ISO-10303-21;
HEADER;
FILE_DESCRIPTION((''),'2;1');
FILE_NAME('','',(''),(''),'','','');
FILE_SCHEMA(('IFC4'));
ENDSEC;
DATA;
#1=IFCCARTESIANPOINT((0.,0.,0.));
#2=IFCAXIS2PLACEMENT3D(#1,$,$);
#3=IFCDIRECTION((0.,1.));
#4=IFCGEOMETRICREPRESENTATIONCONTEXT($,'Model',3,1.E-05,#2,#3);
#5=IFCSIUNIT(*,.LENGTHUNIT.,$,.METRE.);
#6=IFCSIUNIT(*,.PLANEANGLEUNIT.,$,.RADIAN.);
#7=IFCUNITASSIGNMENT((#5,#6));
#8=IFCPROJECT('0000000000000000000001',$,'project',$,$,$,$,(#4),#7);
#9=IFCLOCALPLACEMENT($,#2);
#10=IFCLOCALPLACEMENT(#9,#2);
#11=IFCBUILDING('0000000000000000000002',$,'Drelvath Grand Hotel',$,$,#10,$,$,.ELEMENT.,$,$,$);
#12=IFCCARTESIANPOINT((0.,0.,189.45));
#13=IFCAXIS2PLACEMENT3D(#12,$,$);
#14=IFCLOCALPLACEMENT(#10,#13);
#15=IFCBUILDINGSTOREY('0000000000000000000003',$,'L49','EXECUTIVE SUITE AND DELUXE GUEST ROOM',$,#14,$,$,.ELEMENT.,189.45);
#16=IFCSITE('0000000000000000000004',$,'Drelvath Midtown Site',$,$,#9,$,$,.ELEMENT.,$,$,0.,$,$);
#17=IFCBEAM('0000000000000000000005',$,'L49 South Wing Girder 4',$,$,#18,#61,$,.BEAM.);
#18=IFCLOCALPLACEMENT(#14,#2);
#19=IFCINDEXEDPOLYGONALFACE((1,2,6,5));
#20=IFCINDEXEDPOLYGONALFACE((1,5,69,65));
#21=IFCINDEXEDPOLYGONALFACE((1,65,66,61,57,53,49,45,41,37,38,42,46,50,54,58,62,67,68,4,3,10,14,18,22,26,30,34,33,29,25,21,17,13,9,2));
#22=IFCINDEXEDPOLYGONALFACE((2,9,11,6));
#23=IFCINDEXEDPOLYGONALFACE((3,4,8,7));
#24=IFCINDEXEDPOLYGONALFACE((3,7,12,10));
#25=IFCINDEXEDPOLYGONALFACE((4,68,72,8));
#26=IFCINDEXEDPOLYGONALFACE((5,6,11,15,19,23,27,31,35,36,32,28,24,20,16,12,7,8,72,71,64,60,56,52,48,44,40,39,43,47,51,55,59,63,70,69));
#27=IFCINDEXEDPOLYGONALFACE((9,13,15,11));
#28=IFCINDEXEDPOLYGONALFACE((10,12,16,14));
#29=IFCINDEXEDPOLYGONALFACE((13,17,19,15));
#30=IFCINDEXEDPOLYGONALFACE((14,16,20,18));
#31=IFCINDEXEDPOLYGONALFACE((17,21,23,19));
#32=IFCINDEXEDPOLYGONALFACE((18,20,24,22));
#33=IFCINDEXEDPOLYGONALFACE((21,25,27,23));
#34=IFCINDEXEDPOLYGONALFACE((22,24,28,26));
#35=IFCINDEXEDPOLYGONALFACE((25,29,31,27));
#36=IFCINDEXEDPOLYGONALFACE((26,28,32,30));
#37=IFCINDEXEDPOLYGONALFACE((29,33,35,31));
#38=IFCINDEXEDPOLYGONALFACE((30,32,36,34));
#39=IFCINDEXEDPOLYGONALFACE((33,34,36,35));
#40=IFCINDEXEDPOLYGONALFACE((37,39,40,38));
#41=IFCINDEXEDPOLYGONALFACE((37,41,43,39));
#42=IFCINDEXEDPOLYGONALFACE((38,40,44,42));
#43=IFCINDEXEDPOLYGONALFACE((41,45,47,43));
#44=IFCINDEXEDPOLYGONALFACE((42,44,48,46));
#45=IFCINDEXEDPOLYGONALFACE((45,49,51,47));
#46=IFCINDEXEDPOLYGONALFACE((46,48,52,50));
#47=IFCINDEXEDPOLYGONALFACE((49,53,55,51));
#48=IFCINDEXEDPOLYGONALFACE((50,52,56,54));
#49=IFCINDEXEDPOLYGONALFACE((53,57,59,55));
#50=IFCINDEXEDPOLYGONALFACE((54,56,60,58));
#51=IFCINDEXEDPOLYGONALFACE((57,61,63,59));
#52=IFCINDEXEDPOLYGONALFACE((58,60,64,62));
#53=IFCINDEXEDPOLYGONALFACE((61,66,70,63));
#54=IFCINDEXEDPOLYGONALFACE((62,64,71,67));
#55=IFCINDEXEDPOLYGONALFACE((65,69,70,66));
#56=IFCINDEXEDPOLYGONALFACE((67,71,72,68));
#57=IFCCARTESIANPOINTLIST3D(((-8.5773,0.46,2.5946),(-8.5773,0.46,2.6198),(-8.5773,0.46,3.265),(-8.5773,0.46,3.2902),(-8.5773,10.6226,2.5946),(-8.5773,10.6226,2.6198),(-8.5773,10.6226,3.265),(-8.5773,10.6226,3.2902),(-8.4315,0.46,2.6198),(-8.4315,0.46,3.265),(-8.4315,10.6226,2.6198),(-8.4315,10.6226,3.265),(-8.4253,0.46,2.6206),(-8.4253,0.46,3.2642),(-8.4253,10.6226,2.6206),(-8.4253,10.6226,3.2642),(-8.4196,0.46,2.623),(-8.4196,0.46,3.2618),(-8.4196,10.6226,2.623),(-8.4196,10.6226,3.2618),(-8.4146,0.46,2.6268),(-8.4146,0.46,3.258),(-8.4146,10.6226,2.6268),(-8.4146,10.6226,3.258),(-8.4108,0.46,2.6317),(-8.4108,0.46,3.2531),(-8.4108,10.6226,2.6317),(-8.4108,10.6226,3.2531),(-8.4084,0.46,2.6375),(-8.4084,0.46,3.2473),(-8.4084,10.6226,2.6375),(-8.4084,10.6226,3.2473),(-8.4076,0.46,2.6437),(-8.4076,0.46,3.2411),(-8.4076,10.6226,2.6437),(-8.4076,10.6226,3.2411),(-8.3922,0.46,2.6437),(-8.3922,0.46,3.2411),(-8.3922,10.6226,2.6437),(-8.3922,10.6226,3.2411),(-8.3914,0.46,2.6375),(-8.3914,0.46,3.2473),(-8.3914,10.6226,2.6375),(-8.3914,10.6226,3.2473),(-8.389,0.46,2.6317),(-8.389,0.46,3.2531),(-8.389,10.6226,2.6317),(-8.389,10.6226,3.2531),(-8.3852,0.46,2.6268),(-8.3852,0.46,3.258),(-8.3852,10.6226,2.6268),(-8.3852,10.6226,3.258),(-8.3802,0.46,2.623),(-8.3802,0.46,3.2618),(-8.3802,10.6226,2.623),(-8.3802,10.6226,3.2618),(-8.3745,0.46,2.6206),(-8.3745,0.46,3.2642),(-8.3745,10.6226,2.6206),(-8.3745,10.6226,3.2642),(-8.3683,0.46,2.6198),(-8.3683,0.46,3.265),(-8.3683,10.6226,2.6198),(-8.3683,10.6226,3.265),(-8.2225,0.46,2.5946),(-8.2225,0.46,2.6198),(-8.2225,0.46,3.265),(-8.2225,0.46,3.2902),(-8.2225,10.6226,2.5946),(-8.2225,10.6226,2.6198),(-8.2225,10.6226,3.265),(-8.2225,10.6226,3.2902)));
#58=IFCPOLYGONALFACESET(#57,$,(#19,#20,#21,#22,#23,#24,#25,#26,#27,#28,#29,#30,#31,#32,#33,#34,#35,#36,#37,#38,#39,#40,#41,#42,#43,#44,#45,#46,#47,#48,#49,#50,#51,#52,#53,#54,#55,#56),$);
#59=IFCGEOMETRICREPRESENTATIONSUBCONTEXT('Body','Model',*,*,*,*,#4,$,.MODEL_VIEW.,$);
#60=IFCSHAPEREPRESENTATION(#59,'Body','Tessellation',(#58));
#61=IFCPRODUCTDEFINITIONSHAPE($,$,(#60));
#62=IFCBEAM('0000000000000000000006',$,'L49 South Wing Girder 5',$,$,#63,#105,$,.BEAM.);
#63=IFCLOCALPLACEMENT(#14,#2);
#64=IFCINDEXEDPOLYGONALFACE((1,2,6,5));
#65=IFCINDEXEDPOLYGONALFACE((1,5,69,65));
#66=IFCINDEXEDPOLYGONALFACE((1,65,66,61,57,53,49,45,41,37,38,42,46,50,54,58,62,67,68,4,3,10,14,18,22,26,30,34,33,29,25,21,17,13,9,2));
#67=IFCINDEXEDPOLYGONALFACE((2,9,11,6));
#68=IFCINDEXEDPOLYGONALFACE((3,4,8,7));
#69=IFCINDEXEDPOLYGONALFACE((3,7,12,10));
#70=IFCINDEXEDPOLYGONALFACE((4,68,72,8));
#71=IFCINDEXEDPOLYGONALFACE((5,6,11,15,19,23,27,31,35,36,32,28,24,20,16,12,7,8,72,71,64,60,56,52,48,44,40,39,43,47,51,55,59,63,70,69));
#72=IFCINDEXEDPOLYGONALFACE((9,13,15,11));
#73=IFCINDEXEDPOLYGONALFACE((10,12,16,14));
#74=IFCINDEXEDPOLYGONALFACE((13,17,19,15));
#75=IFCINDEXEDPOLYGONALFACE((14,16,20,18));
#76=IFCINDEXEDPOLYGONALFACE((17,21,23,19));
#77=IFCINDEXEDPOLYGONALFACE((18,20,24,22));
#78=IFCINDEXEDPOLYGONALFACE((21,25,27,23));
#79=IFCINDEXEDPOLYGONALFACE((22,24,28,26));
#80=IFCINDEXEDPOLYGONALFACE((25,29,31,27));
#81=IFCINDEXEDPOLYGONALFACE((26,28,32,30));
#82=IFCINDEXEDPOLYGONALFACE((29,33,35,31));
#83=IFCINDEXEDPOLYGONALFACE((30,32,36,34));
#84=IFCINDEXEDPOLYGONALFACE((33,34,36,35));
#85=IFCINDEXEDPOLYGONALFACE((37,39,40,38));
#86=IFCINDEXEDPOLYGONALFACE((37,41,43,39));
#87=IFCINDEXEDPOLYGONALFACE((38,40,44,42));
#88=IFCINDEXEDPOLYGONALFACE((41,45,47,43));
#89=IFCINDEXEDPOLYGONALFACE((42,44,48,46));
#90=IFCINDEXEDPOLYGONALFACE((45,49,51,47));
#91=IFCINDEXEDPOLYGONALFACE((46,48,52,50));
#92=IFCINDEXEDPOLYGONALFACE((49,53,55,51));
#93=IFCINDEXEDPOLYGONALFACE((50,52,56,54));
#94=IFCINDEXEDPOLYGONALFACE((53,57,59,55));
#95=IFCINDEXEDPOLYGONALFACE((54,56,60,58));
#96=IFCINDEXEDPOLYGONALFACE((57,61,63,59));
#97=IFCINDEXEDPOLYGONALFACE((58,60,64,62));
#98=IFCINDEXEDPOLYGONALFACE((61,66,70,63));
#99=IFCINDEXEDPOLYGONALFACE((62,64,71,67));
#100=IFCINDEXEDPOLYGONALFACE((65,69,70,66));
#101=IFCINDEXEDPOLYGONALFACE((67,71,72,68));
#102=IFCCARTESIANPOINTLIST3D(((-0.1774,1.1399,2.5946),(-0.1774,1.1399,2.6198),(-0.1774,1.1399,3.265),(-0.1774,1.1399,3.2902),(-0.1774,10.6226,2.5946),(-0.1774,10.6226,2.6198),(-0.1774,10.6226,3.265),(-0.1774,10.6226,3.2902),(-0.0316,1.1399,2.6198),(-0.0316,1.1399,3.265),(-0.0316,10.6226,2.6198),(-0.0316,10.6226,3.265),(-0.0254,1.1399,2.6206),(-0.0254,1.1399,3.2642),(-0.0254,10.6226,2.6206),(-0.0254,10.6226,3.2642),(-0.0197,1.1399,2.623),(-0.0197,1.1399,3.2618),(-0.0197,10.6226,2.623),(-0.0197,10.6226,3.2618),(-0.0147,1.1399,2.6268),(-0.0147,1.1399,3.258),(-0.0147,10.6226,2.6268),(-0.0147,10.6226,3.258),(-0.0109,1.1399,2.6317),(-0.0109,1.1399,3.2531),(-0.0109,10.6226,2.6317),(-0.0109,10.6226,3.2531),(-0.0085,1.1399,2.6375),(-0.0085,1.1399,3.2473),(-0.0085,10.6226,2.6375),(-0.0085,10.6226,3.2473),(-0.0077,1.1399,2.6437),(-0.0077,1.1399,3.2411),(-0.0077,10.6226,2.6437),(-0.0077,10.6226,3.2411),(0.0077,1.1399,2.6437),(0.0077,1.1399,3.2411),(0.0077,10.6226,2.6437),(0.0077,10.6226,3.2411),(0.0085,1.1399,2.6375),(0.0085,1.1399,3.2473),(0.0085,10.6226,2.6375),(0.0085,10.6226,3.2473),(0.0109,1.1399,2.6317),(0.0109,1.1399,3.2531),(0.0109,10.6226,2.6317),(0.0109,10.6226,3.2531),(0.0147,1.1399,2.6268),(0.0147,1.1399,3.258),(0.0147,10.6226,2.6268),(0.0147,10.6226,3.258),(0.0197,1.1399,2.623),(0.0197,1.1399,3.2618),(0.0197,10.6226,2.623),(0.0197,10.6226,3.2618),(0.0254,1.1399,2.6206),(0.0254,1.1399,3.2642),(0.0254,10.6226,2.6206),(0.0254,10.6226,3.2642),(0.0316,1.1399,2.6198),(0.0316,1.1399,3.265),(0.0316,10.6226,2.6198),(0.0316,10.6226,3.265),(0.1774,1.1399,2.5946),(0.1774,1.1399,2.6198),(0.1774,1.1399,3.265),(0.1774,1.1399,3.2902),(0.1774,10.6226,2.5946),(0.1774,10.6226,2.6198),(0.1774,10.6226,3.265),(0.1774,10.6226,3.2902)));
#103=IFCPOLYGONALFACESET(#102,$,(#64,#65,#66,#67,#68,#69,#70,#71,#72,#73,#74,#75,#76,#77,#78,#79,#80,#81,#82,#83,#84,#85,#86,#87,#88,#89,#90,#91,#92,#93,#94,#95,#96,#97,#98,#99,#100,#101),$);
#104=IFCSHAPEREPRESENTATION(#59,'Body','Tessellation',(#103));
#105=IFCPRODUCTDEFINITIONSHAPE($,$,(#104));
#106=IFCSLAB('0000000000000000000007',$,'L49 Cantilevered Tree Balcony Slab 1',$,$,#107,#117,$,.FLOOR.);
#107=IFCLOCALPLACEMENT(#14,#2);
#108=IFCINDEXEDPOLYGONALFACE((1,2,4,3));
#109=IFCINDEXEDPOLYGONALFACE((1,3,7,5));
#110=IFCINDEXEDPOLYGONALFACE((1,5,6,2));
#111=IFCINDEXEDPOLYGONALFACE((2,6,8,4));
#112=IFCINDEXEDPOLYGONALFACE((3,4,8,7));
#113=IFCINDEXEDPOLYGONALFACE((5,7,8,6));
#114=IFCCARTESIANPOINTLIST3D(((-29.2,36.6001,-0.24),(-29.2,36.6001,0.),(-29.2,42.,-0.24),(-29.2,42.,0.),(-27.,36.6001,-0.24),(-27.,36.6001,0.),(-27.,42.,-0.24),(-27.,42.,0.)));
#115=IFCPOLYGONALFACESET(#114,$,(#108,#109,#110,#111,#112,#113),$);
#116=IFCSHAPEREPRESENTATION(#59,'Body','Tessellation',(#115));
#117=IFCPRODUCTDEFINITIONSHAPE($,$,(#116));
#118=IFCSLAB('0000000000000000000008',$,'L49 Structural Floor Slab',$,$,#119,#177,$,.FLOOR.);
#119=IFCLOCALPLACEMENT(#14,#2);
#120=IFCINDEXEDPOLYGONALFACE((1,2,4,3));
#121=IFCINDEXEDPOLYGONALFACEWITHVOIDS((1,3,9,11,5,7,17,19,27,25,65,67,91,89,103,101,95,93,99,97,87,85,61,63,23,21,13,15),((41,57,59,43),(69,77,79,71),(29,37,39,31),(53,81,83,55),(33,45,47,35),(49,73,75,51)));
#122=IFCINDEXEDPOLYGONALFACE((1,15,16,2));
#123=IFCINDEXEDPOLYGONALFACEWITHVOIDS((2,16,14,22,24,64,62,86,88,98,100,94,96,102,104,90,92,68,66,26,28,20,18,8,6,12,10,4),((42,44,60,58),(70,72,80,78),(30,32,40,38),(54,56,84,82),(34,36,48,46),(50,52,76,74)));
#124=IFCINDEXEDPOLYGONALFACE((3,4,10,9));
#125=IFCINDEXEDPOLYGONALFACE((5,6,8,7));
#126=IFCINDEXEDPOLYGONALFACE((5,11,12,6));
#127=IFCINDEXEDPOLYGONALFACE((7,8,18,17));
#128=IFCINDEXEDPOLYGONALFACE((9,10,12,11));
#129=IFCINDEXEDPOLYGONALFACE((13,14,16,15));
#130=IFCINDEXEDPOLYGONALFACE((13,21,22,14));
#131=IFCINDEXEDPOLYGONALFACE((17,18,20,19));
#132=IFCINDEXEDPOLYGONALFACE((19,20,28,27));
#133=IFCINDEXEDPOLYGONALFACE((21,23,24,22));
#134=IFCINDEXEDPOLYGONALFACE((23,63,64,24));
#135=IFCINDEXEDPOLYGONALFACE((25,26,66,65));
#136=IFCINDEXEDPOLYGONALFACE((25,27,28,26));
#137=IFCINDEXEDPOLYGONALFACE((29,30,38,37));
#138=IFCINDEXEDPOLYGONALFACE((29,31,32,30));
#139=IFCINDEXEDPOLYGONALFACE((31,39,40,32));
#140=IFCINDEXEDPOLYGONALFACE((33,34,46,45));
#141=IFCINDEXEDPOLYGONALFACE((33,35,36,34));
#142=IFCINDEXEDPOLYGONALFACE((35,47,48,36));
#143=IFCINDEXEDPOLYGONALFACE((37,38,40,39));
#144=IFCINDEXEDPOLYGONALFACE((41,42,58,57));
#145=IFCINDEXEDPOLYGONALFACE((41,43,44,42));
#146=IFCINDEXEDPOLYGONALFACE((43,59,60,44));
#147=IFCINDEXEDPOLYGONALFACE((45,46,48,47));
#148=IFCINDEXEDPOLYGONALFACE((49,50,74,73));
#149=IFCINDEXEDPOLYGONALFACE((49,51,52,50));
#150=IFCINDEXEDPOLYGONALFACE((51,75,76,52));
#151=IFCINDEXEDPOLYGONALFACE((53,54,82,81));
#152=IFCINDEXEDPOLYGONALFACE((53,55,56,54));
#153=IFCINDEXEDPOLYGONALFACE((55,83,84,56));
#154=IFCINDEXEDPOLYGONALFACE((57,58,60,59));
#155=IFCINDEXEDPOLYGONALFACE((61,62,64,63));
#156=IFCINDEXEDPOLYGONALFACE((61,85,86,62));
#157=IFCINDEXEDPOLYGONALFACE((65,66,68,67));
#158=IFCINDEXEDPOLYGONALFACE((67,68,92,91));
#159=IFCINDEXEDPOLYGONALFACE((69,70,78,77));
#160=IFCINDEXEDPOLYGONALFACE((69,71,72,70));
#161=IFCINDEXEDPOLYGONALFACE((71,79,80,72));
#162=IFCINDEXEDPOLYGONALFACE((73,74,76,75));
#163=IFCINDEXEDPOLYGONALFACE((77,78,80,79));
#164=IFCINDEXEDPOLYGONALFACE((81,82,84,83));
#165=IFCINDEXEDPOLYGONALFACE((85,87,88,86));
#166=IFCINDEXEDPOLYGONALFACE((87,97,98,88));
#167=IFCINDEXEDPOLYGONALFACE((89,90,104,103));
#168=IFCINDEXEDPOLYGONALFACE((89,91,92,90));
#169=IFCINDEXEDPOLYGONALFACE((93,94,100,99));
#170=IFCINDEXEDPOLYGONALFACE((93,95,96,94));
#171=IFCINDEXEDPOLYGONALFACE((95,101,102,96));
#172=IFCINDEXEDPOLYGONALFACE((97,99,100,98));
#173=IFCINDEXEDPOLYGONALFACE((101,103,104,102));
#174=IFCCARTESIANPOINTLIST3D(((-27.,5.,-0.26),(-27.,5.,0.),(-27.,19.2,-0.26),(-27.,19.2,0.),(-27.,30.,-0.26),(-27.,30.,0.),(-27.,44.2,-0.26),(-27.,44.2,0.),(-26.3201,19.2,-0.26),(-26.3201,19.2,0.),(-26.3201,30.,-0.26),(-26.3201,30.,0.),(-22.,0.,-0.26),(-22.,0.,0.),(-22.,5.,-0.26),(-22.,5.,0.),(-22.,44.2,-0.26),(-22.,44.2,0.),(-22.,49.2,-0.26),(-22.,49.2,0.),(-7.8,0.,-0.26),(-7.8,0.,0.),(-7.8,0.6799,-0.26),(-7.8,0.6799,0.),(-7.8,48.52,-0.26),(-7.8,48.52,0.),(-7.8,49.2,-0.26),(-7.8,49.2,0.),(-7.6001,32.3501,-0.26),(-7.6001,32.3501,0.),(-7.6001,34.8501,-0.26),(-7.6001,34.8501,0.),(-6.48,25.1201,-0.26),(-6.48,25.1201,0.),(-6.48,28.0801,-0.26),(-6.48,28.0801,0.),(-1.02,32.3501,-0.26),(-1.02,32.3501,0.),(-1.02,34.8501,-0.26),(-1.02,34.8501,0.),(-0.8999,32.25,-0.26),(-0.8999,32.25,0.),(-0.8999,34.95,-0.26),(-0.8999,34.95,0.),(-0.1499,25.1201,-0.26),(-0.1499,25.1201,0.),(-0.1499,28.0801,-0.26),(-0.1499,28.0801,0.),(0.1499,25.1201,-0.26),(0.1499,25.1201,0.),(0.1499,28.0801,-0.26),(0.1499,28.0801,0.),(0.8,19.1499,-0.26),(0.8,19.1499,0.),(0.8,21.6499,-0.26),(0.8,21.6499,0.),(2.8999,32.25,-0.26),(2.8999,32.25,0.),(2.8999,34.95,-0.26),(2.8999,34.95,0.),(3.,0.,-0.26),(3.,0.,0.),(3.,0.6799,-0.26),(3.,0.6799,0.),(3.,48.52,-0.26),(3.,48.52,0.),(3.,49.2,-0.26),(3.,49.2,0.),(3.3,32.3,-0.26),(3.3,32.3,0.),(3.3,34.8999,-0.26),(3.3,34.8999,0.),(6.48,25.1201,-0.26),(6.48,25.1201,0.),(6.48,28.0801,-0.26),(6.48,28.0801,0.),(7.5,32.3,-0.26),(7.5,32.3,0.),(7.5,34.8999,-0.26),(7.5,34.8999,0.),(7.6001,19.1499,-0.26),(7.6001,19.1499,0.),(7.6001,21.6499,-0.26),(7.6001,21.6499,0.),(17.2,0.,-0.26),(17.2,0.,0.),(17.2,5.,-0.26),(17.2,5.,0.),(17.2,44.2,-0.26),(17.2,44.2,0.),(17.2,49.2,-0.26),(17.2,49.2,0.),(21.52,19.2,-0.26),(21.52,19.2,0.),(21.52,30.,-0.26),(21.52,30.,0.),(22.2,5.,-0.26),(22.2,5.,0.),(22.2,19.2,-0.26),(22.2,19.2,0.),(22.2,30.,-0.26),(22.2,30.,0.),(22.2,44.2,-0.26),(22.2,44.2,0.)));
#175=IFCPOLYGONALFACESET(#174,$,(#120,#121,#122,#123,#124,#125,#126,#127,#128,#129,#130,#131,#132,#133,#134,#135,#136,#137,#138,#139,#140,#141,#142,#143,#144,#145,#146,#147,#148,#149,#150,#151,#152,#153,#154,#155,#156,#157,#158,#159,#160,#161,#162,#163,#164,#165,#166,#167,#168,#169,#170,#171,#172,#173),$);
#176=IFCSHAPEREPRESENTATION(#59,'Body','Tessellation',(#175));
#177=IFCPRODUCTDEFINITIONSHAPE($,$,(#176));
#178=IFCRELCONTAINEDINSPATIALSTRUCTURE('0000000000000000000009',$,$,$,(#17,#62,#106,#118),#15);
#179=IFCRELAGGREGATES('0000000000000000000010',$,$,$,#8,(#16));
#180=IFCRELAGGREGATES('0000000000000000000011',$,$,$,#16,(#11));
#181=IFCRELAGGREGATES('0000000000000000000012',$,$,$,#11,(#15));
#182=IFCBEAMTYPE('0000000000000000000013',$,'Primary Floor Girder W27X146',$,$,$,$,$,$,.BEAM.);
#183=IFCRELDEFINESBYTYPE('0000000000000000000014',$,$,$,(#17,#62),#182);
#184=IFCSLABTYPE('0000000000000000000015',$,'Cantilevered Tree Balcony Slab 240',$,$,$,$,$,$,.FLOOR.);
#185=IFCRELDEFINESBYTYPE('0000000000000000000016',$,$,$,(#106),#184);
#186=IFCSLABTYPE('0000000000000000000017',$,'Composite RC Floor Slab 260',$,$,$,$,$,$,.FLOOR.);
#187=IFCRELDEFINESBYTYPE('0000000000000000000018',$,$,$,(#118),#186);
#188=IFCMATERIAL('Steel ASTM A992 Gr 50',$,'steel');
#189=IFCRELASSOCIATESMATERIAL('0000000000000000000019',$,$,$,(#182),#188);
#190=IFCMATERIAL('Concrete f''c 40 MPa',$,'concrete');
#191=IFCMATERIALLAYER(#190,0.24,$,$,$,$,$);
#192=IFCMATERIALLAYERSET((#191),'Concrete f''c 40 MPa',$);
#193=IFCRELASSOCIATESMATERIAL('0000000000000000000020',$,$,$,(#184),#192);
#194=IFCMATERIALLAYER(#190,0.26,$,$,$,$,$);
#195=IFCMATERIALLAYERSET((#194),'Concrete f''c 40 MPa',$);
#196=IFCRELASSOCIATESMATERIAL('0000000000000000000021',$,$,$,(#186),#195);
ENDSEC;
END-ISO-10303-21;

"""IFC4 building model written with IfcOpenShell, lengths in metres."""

from ifc_helpers import new_model, si_unit, direction, frame, origin, origin_2d, place, context, subcontext, project, spatial, polyline, i_section, outline, extrude, material, layer, layer_set, material_profile, profile_set, type_object, element, save


model = new_model("IFC4")

# Units and contexts
model_context = context("Model", 3, precision=1e-05, world=origin(), true_north=direction((0.0, 1.0)))
body_context = subcontext(model_context, "Body", "Model", "MODEL_VIEW")
ifc_project = project(units=[si_unit("LENGTHUNIT", "METRE"), si_unit("PLANEANGLEUNIT", "RADIAN")], contexts=[model_context])

# Site, building, storey
site_placement = place(None, origin())
site = spatial("IfcSite", under=ifc_project, at=site_placement, Name="Drelvath Midtown Site", CompositionType="ELEMENT", RefElevation=0.0)
building_placement = place(site_placement, origin())
building = spatial("IfcBuilding", under=site, at=building_placement, Name="Drelvath Grand Hotel", CompositionType="ELEMENT")
storey_placement = place(building_placement, frame((0.0, 0.0, 189.45)))
storey = spatial("IfcBuildingStorey", under=building, at=storey_placement, Name="L49", Description="EXECUTIVE SUITE AND DELUXE GUEST ROOM", CompositionType="ELEMENT", Elevation=189.45)

# Beams
ifc_material_1 = material(Name="Steel ASTM A992 Gr 50", Category="steel")
ifc_material_profile_1 = material_profile(ifc_material_1, i_section(OverallWidth=0.3547, OverallDepth=0.6956, WebThickness=0.0154, FlangeThickness=0.0251, FilletRadius=0.0239, at=origin_2d()), Name="W27X146")
ifc_profile_set_1 = profile_set([ifc_material_profile_1], Name="Steel ASTM A992 Gr 50")
beam_type_1 = type_object("IfcBeamType", Name="Primary Floor Girder W27X146", PredefinedType="BEAM", material=ifc_profile_set_1)
beam_1_placement = place(storey_placement, frame((-8.3999, 0.46, 2.9424), z_axis=(0.0, 1.0, 0.0), x_axis=(-1.0, 0.0, 0.0)))
element("IfcBeam", 1, at=beam_1_placement, inside=storey, type_object=beam_type_1, Name="L49 South Wing Girder 4", PredefinedType="BEAM", context=body_context, shape_type="SweptSolid", body=[
    extrude(i_section(OverallWidth=0.3547, OverallDepth=0.6956, WebThickness=0.0154, FlangeThickness=0.0251, FilletRadius=0.0239, at=origin_2d()), origin(), (0.0, 0.0, 1.0), 10.1626),
])
beam_2_placement = place(storey_placement, frame((0.0, 1.1399, 2.9424), z_axis=(0.0, 1.0, 0.0), x_axis=(-1.0, 0.0, 0.0)))
element("IfcBeam", 2, at=beam_2_placement, inside=storey, type_object=beam_type_1, Name="L49 South Wing Girder 5", PredefinedType="BEAM", context=body_context, shape_type="SweptSolid", body=[
    extrude(i_section(OverallWidth=0.3547, OverallDepth=0.6956, WebThickness=0.0154, FlangeThickness=0.0251, FilletRadius=0.0239, at=origin_2d()), origin(), (0.0, 0.0, 1.0), 9.4827),
])

# Slabs
ifc_material_2 = material(Name="Concrete f'c 40 MPa", Category="concrete")
ifc_layer_1 = layer(ifc_material_2, 0.24)
ifc_layer_set_1 = layer_set([ifc_layer_1], Name="Concrete f'c 40 MPa")
slab_type_1 = type_object("IfcSlabType", Name="Cantilevered Tree Balcony Slab 240", PredefinedType="FLOOR", material=ifc_layer_set_1)
slab_1_placement = place(storey_placement, frame((0.0, 0.0, -0.24)))
element("IfcSlab", 3, at=slab_1_placement, inside=storey, type_object=slab_type_1, Name="L49 Cantilevered Tree Balcony Slab 1", PredefinedType="FLOOR", context=body_context, shape_type="SweptSolid", body=[
    extrude(outline(polyline([(-29.2, 36.6001), (-27.0, 36.6001), (-27.0, 42.0), (-29.2, 42.0), (-29.2, 36.6001)])), origin(), (0.0, 0.0, 1.0), 0.24),
])
ifc_layer_2 = layer(ifc_material_2, 0.26)
ifc_layer_set_2 = layer_set([ifc_layer_2], Name="Concrete f'c 40 MPa")
slab_type_2 = type_object("IfcSlabType", Name="Composite RC Floor Slab 260", PredefinedType="FLOOR", material=ifc_layer_set_2)
slab_2_placement = place(storey_placement, frame((0.0, 0.0, -0.26)))
element("IfcSlab", 4, at=slab_2_placement, inside=storey, type_object=slab_type_2, Name="L49 Structural Floor Slab", PredefinedType="FLOOR", context=body_context, shape_type="SweptSolid", body=[
    extrude(outline(polyline([(-22.0, 0.0), (-7.8, 0.0), (-7.8, 0.6799), (3.0, 0.6799), (3.0, 0.0), (17.2, 0.0), (17.2, 5.0), (22.2, 5.0), (22.2, 19.2), (21.52, 19.2), (21.52, 30.0), (22.2, 30.0), (22.2, 44.2), (17.2, 44.2), (17.2, 49.2), (3.0, 49.2), (3.0, 48.52), (-7.8, 48.52), (-7.8, 49.2), (-22.0, 49.2), (-22.0, 44.2), (-27.0, 44.2), (-27.0, 30.0), (-26.3201, 30.0), (-26.3201, 19.2), (-27.0, 19.2), (-27.0, 5.0), (-22.0, 5.0), (-22.0, 0.0)]), holes=[polyline([(-6.48, 25.1201), (-6.48, 28.0801), (-0.1499, 28.0801), (-0.1499, 25.1201), (-6.48, 25.1201)]), polyline([(0.1499, 25.1201), (0.1499, 28.0801), (6.48, 28.0801), (6.48, 25.1201), (0.1499, 25.1201)]), polyline([(0.8, 19.1499), (0.8, 21.6499), (7.6001, 21.6499), (7.6001, 19.1499), (0.8, 19.1499)]), polyline([(-7.6001, 32.3501), (-7.6001, 34.8501), (-1.02, 34.8501), (-1.02, 32.3501), (-7.6001, 32.3501)]), polyline([(-0.8999, 32.25), (-0.8999, 34.95), (2.8999, 34.95), (2.8999, 32.25), (-0.8999, 32.25)]), polyline([(3.3, 32.3), (3.3, 34.8999), (7.5, 34.8999), (7.5, 32.3), (3.3, 32.3)])]), origin(), (0.0, 0.0, 1.0), 0.26),
])

save(model, "model.ifc")
